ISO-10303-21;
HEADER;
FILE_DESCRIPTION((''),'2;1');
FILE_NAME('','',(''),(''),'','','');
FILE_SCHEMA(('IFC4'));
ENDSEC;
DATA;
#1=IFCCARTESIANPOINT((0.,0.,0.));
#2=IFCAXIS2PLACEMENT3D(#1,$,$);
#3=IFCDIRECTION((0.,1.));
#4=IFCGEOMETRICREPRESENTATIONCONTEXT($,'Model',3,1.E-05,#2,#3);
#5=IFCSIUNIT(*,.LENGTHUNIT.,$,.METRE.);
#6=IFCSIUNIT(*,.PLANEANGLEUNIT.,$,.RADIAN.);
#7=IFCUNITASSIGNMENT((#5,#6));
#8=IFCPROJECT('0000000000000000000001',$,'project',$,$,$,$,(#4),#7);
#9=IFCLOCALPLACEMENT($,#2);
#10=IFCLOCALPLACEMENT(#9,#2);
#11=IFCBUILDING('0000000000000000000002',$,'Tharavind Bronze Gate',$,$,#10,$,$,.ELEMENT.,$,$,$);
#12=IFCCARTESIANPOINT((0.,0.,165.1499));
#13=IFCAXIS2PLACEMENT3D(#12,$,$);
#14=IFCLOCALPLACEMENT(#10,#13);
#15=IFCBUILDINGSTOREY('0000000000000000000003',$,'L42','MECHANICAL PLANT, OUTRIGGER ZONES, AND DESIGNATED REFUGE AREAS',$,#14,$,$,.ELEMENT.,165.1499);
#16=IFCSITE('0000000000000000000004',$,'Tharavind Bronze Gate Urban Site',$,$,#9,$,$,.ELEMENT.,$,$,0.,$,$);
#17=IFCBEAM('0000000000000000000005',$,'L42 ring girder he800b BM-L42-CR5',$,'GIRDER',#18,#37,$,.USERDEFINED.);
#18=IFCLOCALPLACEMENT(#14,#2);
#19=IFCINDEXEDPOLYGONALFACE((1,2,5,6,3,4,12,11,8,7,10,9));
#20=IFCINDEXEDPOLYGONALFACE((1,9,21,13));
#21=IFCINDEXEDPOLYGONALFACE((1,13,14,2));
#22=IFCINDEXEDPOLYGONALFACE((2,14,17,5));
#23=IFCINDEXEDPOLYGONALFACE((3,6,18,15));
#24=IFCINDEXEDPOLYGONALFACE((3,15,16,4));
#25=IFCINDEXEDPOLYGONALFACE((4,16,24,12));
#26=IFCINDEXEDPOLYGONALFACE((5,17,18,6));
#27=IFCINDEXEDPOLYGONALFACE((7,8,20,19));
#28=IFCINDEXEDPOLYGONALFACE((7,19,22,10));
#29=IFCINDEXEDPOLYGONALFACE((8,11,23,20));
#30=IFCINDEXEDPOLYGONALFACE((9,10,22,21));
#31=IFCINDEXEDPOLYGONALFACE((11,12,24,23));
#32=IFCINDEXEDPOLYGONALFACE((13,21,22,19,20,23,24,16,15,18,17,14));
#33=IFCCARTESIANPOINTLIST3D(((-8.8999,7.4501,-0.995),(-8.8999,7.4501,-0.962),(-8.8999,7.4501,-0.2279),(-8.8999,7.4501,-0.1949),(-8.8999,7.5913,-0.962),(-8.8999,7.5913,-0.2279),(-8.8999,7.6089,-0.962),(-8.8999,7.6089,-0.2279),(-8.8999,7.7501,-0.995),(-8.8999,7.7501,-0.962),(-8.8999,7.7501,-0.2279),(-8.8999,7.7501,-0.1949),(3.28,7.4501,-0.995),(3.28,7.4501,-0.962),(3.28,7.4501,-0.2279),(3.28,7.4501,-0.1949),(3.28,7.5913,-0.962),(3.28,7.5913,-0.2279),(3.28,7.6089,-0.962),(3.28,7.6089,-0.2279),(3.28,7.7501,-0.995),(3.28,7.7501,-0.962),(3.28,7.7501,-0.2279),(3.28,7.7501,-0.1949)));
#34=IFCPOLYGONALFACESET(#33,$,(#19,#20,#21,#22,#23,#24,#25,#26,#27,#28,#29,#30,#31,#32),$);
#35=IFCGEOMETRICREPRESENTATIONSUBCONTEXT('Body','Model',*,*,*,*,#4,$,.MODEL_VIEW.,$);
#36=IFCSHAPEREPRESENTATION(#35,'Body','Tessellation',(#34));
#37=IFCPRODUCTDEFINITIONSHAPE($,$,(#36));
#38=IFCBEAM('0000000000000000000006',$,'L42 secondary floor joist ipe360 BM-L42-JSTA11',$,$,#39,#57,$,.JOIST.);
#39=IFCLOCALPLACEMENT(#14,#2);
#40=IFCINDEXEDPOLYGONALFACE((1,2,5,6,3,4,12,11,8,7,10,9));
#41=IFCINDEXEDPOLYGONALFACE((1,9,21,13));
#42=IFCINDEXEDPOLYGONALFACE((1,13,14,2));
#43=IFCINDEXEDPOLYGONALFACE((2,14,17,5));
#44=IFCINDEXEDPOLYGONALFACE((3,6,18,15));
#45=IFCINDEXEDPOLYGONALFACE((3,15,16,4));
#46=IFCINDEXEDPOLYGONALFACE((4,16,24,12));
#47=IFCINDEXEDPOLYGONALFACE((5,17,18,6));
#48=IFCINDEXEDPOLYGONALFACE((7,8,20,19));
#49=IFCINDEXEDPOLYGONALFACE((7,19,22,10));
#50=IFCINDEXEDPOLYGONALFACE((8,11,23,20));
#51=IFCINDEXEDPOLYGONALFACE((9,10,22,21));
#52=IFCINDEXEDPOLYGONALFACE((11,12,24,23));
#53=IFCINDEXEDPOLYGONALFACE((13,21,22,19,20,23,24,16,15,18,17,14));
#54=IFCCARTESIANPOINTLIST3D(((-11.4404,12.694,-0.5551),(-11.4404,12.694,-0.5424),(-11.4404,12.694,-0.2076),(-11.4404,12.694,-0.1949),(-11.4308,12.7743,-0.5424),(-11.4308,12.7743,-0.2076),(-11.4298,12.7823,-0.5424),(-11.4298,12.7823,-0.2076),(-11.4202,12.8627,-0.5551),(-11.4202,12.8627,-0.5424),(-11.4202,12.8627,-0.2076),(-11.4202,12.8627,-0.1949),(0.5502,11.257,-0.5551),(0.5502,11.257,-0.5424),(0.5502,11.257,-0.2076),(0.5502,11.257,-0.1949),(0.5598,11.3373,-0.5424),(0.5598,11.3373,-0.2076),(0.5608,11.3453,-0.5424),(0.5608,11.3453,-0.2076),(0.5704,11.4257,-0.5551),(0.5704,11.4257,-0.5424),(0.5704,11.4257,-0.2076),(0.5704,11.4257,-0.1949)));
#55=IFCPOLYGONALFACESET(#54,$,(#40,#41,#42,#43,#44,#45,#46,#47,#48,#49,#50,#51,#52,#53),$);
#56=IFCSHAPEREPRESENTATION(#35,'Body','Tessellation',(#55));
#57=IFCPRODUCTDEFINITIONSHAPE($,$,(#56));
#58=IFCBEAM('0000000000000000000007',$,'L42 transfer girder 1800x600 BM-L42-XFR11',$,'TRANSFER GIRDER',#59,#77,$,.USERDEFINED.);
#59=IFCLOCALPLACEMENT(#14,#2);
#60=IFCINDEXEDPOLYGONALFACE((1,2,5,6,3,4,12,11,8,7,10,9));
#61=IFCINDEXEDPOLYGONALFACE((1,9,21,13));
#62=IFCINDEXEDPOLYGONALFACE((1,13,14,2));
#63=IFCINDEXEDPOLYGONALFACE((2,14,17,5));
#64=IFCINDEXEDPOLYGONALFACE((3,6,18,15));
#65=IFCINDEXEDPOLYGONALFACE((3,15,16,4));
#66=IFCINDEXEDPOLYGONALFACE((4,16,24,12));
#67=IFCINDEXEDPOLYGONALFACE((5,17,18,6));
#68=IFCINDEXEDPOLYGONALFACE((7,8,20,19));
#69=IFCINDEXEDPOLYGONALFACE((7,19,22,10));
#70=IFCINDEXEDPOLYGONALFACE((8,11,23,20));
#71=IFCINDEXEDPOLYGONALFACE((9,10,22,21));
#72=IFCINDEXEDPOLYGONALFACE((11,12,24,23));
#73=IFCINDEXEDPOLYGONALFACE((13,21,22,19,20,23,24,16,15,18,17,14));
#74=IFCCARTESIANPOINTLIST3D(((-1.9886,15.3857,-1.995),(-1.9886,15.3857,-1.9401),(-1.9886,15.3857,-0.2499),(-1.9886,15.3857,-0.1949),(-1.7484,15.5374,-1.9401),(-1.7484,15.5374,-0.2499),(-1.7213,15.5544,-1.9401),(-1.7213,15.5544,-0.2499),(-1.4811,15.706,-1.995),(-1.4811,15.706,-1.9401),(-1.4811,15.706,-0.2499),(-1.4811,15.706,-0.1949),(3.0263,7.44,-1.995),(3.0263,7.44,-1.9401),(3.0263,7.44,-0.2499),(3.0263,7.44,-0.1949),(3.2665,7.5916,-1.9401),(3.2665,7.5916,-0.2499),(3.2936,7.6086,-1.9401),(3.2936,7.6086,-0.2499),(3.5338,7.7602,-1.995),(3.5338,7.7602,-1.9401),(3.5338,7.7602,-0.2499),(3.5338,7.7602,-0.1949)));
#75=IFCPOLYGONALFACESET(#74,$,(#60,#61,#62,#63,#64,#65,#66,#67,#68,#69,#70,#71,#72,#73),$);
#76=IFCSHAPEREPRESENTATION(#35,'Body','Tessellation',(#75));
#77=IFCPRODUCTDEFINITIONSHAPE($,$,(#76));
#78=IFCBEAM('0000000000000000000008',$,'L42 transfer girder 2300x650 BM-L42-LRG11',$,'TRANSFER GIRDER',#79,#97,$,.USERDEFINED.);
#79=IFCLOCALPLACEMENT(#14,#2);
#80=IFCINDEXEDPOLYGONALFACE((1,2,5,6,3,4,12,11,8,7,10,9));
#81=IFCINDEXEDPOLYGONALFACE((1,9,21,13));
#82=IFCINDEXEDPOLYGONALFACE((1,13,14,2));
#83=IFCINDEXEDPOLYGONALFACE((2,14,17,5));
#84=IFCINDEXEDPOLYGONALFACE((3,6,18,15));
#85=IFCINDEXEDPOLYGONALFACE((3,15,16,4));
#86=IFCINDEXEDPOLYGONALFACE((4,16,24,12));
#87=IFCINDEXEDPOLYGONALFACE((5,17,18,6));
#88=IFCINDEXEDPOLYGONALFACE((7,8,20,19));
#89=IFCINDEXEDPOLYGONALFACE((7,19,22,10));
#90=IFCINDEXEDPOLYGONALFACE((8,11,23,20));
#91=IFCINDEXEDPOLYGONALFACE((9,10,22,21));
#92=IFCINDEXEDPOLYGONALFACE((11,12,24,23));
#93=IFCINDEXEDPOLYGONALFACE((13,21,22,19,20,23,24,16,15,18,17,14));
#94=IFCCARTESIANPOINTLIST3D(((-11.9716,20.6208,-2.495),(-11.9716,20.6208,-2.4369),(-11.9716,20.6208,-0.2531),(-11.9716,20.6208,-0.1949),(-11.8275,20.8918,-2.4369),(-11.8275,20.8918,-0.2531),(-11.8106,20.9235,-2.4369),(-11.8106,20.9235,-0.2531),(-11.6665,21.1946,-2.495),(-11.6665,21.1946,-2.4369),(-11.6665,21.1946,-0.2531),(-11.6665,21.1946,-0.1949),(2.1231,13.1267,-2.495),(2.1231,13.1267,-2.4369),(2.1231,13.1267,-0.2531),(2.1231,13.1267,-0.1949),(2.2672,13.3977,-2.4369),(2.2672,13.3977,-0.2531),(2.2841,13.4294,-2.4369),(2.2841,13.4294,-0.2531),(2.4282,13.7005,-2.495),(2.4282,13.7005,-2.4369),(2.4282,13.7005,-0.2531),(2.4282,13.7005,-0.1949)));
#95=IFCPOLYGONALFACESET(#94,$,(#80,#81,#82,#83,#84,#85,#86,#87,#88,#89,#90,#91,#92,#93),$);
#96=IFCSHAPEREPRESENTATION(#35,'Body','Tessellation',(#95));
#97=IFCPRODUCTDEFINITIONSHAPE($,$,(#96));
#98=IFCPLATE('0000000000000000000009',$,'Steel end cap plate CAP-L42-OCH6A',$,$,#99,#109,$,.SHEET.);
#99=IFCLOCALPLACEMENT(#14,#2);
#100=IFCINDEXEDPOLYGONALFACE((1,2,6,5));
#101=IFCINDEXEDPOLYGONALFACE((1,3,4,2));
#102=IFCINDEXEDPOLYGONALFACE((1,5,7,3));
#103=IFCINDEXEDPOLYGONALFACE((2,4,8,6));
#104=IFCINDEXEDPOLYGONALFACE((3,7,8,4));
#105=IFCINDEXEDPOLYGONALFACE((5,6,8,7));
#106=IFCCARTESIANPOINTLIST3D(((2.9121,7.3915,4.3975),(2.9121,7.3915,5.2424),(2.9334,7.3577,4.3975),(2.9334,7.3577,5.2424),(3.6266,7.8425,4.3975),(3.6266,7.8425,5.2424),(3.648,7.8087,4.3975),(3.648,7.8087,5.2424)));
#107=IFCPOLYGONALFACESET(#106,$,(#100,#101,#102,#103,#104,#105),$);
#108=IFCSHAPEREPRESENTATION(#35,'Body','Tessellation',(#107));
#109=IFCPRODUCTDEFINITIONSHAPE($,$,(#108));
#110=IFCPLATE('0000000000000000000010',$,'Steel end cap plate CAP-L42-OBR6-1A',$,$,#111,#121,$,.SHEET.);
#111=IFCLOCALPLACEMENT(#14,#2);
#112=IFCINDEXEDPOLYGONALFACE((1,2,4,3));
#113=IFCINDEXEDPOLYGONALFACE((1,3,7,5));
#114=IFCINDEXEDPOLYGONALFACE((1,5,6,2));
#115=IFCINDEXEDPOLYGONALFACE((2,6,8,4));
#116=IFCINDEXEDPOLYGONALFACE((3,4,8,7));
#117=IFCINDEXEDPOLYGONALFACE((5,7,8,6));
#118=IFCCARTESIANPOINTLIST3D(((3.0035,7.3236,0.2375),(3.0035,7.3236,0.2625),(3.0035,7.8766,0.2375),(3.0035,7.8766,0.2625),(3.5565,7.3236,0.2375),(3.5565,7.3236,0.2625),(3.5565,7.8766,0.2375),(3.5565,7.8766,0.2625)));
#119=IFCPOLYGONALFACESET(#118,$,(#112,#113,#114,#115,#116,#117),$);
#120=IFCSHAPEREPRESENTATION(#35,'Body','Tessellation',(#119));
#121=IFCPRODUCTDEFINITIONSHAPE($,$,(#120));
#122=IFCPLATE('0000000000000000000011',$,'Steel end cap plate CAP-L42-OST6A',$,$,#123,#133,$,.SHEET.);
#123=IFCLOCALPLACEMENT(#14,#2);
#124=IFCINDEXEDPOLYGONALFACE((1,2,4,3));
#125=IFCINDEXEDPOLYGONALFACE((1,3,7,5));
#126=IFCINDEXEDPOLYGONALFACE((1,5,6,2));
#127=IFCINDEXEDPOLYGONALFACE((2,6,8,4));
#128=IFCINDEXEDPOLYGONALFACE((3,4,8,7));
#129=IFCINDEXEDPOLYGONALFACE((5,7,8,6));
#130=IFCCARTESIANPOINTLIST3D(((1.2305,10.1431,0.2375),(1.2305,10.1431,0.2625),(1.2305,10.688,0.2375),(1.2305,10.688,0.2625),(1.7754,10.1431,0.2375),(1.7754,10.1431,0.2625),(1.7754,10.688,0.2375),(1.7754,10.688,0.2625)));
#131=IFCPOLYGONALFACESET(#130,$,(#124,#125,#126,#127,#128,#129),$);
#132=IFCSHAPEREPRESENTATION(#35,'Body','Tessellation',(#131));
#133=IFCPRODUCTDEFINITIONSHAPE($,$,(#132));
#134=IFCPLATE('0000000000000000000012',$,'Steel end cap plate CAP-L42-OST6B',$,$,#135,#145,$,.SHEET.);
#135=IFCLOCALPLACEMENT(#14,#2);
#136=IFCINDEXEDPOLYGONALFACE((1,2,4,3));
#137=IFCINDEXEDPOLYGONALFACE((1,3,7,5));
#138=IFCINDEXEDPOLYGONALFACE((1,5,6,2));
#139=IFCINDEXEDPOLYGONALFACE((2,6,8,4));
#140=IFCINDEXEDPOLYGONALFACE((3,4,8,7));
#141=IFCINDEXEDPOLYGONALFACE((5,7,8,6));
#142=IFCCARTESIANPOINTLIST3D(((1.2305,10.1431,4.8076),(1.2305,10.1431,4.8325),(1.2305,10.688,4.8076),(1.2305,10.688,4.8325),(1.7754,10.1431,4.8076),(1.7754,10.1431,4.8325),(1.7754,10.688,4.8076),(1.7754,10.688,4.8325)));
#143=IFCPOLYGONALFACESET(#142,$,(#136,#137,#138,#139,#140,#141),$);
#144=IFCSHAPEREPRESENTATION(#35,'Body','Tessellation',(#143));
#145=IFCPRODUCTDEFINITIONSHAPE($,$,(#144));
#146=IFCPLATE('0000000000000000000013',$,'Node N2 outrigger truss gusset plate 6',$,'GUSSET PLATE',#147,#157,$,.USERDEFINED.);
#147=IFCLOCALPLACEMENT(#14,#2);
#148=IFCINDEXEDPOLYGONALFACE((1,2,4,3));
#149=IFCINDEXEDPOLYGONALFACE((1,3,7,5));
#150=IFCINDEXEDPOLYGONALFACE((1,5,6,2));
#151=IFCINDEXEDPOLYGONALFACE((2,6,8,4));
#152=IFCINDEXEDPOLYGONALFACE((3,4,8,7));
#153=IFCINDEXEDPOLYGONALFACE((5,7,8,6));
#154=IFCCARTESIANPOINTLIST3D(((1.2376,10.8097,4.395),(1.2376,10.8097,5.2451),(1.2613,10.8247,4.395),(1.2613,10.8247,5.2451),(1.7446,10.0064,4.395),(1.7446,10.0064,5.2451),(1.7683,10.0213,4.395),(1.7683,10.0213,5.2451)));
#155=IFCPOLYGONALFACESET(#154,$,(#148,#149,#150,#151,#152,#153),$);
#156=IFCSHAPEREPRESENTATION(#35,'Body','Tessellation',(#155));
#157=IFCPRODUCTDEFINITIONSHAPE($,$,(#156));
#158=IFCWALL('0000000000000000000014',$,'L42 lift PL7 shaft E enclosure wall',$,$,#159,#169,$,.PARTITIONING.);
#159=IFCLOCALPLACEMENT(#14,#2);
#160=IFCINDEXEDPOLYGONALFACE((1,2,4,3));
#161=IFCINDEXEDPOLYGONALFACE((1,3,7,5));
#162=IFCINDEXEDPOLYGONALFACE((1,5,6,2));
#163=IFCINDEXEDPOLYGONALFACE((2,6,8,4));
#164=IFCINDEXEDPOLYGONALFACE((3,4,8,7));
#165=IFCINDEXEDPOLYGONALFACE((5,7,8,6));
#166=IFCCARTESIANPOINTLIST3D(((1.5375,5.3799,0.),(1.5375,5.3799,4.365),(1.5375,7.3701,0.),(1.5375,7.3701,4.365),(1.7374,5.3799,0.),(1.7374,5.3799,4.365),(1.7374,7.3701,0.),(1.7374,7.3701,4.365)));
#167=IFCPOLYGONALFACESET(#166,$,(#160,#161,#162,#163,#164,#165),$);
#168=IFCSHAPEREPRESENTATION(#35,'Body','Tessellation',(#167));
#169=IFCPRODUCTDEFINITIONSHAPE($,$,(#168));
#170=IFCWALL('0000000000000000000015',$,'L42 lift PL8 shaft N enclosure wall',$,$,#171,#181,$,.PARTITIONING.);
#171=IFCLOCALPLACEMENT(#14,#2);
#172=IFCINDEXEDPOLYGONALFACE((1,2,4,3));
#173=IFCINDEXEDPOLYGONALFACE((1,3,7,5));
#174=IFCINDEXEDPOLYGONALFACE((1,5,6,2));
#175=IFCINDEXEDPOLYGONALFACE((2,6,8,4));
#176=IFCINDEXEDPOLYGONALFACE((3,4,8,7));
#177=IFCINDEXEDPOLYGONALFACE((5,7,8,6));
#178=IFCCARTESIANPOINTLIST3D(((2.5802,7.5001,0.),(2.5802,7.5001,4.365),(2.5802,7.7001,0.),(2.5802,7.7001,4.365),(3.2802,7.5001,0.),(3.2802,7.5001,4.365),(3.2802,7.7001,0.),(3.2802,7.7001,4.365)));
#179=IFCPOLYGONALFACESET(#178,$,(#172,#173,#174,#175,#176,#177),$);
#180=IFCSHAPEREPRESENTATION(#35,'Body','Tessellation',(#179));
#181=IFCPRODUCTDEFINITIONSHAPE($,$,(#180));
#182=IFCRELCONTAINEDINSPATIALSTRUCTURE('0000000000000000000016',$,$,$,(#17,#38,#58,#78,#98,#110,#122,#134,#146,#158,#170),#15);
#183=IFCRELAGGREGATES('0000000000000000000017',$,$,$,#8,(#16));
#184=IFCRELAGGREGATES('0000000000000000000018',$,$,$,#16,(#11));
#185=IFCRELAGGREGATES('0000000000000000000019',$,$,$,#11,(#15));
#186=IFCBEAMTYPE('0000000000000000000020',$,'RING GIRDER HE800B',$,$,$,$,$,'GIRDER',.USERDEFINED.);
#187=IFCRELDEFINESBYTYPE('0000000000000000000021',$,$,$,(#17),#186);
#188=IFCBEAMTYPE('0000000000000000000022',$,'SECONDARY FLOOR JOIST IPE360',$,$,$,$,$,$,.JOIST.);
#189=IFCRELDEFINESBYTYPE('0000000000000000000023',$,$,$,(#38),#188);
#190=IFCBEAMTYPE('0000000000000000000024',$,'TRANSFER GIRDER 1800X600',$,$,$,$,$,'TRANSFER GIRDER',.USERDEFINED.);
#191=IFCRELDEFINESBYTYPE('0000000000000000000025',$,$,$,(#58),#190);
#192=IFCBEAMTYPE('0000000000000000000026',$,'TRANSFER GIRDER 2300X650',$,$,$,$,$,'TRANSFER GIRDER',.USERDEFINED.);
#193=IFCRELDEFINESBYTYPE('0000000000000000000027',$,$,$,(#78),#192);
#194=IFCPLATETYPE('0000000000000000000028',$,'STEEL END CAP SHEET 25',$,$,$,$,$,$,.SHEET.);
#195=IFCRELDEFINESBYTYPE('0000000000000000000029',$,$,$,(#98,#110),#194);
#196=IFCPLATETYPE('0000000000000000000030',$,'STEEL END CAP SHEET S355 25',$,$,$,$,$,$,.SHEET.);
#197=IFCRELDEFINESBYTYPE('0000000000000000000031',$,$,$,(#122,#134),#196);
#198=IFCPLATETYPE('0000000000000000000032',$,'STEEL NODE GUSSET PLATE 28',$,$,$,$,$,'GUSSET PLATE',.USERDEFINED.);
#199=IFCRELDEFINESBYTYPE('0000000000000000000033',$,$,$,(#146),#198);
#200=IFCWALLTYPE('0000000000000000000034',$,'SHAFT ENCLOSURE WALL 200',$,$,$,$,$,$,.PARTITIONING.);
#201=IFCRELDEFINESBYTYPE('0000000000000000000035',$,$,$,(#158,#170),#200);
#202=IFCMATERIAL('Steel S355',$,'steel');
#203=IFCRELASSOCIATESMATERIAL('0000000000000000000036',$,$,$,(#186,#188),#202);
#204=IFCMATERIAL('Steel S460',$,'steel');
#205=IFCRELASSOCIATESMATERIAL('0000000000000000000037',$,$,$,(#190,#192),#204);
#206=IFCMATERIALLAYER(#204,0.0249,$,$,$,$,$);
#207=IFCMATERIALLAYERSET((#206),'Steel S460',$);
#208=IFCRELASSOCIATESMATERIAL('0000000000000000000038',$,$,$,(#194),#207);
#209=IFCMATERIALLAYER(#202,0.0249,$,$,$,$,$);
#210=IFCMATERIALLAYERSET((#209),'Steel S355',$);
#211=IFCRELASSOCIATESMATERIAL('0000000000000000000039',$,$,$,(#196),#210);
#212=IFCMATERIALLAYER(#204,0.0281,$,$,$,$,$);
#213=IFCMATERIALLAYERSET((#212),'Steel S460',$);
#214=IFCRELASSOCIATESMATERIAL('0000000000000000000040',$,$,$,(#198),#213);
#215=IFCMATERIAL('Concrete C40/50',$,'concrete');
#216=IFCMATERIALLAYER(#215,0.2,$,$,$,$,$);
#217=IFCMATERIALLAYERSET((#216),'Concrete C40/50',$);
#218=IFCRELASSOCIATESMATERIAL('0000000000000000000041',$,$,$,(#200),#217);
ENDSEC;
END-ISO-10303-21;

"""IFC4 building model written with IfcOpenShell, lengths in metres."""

from ifc_helpers import new_model, si_unit, direction, frame, frame_2d, origin, origin_2d, place, context, subcontext, project, spatial, rectangle, i_section, extrude, material, layer, layer_set, material_profile, profile_set, type_object, element, save


model = new_model("IFC4")

# Units and contexts
model_context = context("Model", 3, precision=1e-05, world=origin(), true_north=direction((0.0, 1.0)))
body_context = subcontext(model_context, "Body", "Model", "MODEL_VIEW")
ifc_project = project(units=[si_unit("LENGTHUNIT", "METRE"), si_unit("PLANEANGLEUNIT", "RADIAN")], contexts=[model_context])

# Site, building, storey
site_placement = place(None, origin())
site = spatial("IfcSite", under=ifc_project, at=site_placement, Name="Tharavind Bronze Gate Urban Site", CompositionType="ELEMENT", RefElevation=0.0)
building_placement = place(site_placement, origin())
building = spatial("IfcBuilding", under=site, at=building_placement, Name="Tharavind Bronze Gate", CompositionType="ELEMENT")
storey_placement = place(building_placement, frame((0.0, 0.0, 165.1499)))
storey = spatial("IfcBuildingStorey", under=building, at=storey_placement, Name="L42", Description="MECHANICAL PLANT, OUTRIGGER ZONES, AND DESIGNATED REFUGE AREAS", CompositionType="ELEMENT", Elevation=165.1499)

# Shared definitions
ifc_material_1 = material(Name="Steel S460", Category="steel")

# Beams
ifc_material_2 = material(Name="Steel S355", Category="steel")
ifc_material_profile_1 = material_profile(ifc_material_2, i_section(OverallWidth=0.3, OverallDepth=0.8, WebThickness=0.0176, FlangeThickness=0.033, at=origin_2d()), Name="HE800B")
ifc_profile_set_1 = profile_set([ifc_material_profile_1], Name="Steel S355")
beam_type_1 = type_object("IfcBeamType", Name="RING GIRDER HE800B", ElementType="GIRDER", PredefinedType="USERDEFINED", material=ifc_profile_set_1)
beam_1_placement = place(storey_placement, frame((3.28, 7.6001, -0.595), z_axis=(-1.0, 0.0, 0.0), x_axis=(0.0, -1.0, 0.0)))
element("IfcBeam", 1, at=beam_1_placement, inside=storey, type_object=beam_type_1, Name="L42 ring girder he800b BM-L42-CR5", ObjectType="GIRDER", PredefinedType="USERDEFINED", context=body_context, shape_type="SweptSolid", body=[
    extrude(i_section(OverallWidth=0.3, OverallDepth=0.8, WebThickness=0.0176, FlangeThickness=0.033, at=origin_2d()), origin(), (0.0, 0.0, 1.0), 12.1799),
])
ifc_material_profile_2 = material_profile(ifc_material_2, i_section(OverallWidth=0.1699, OverallDepth=0.3601, WebThickness=0.0081, FlangeThickness=0.0127, at=origin_2d()), Name="IPE360")
ifc_profile_set_2 = profile_set([ifc_material_profile_2], Name="Steel S355")
beam_type_2 = type_object("IfcBeamType", Name="SECONDARY FLOOR JOIST IPE360", PredefinedType="JOIST", material=ifc_profile_set_2)
beam_2_placement = place(storey_placement, frame((0.5603, 11.3413, -0.375), z_axis=(-0.992895, 0.118992, 0.0), x_axis=(-0.118992, -0.992895, 0.0)))
element("IfcBeam", 2, at=beam_2_placement, inside=storey, type_object=beam_type_2, Name="L42 secondary floor joist ipe360 BM-L42-JSTA11", PredefinedType="JOIST", context=body_context, shape_type="SweptSolid", body=[
    extrude(i_section(OverallWidth=0.1699, OverallDepth=0.3601, WebThickness=0.0081, FlangeThickness=0.0127, at=origin_2d()), origin(), (0.0, 0.0, 1.0), 12.0764),
])
ifc_material_profile_3 = material_profile(ifc_material_1, i_section(OverallWidth=0.6001, OverallDepth=1.8, WebThickness=0.032, FlangeThickness=0.0549, at=origin_2d()), Name="PG1800X600")
ifc_profile_set_3 = profile_set([ifc_material_profile_3], Name="Steel S460")
beam_type_3 = type_object("IfcBeamType", Name="TRANSFER GIRDER 1800X600", ElementType="TRANSFER GIRDER", PredefinedType="USERDEFINED", material=ifc_profile_set_3)
beam_3_placement = place(storey_placement, frame((3.28, 7.6001, -1.095), z_axis=(-0.533726, 0.845657, 0.0), x_axis=(-0.845657, -0.533726, 0.0)))
element("IfcBeam", 3, at=beam_3_placement, inside=storey, type_object=beam_type_3, Name="L42 transfer girder 1800x600 BM-L42-XFR11", ObjectType="TRANSFER GIRDER", PredefinedType="USERDEFINED", context=body_context, shape_type="SweptSolid", body=[
    extrude(i_section(OverallWidth=0.6001, OverallDepth=1.8, WebThickness=0.032, FlangeThickness=0.0549, at=origin_2d()), origin(), (0.0, 0.0, 1.0), 9.396),
])
ifc_material_profile_4 = material_profile(ifc_material_1, i_section(OverallWidth=0.6499, OverallDepth=2.3, WebThickness=0.0359, FlangeThickness=0.0581, at=origin_2d()), Name="PG2300X650")
ifc_profile_set_4 = profile_set([ifc_material_profile_4], Name="Steel S460")
beam_type_4 = type_object("IfcBeamType", Name="TRANSFER GIRDER 2300X650", ElementType="TRANSFER GIRDER", PredefinedType="USERDEFINED", material=ifc_profile_set_4)
beam_4_placement = place(storey_placement, frame((2.2756, 13.4136, -1.345), z_axis=(-0.882952, 0.469464, 0.0), x_axis=(-0.469464, -0.882952, 0.0)))
element("IfcBeam", 4, at=beam_4_placement, inside=storey, type_object=beam_type_4, Name="L42 transfer girder 2300x650 BM-L42-LRG11", ObjectType="TRANSFER GIRDER", PredefinedType="USERDEFINED", context=body_context, shape_type="SweptSolid", body=[
    extrude(i_section(OverallWidth=0.6499, OverallDepth=2.3, WebThickness=0.0359, FlangeThickness=0.0581, at=origin_2d()), origin(), (0.0, 0.0, 1.0), 15.9631),
])

# Plates
ifc_layer_1 = layer(ifc_material_1, 0.0249)
ifc_layer_set_1 = layer_set([ifc_layer_1], Name="Steel S460")
plate_type_1 = type_object("IfcPlateType", Name="STEEL END CAP SHEET 25", PredefinedType="SHEET", material=ifc_layer_set_1)
plate_1_placement = place(storey_placement, frame((3.28, 7.6001, 4.3975), z_axis=(0.0, 0.0, 1.0), x_axis=(-0.533715, 0.845664, 0.0)))
element("IfcPlate", 5, at=plate_1_placement, inside=storey, type_object=plate_type_1, Name="Steel end cap plate CAP-L42-OCH6A", PredefinedType="SHEET", context=body_context, shape_type="SweptSolid", body=[
    extrude(rectangle(XDim=0.04, YDim=0.845, at=origin_2d()), origin(), (0.0, 0.0, 1.0), 0.845),
])
plate_2_placement = place(storey_placement, frame((3.28, 7.6001, 0.2375), z_axis=(0.0, 0.0, 1.0), x_axis=(1.0, 0.0, 0.0)))
element("IfcPlate", 6, at=plate_2_placement, inside=storey, type_object=plate_type_1, Name="Steel end cap plate CAP-L42-OBR6-1A", PredefinedType="SHEET", context=body_context, shape_type="SweptSolid", body=[
    extrude(rectangle(XDim=0.553, YDim=0.553, at=origin_2d()), origin(), (0.0, 0.0, 1.0), 0.0249),
])
ifc_layer_2 = layer(ifc_material_2, 0.0249)
ifc_layer_set_2 = layer_set([ifc_layer_2], Name="Steel S355")
plate_type_2 = type_object("IfcPlateType", Name="STEEL END CAP SHEET S355 25", PredefinedType="SHEET", material=ifc_layer_set_2)
for number, where, z_axis, x_axis, name in (
    (7, (1.5029, 10.4155, 0.2375), (0.0, 0.0, 1.0), (1.0, 0.0, 0.0), "Steel end cap plate CAP-L42-OST6A"),
    (8, (1.5029, 10.4155, 4.8076), (0.0, 0.0, 1.0), (1.0, 0.0, 0.0), "Steel end cap plate CAP-L42-OST6B"),
):
    element("IfcPlate", number, at=place(storey_placement, frame(where, z_axis=z_axis, x_axis=x_axis)), inside=storey, type_object=plate_type_2, Name=name, PredefinedType="SHEET", context=body_context, shape_type="SweptSolid", body=[
        extrude(rectangle(XDim=0.5449, YDim=0.5449, at=origin_2d()), origin(), (0.0, 0.0, 1.0), 0.0249),
    ])
ifc_layer_3 = layer(ifc_material_1, 0.0281)
ifc_layer_set_3 = layer_set([ifc_layer_3], Name="Steel S460")
plate_type_3 = type_object("IfcPlateType", Name="STEEL NODE GUSSET PLATE 28", ElementType="GUSSET PLATE", PredefinedType="USERDEFINED", material=ifc_layer_set_3)
plate_3_placement = place(storey_placement, frame((1.5029, 10.4155, 4.395), z_axis=(0.0, 0.0, 1.0), x_axis=(-0.533715, 0.845664, 0.0)))
element("IfcPlate", 9, at=plate_3_placement, inside=storey, type_object=plate_type_3, Name="Node N2 outrigger truss gusset plate 6", ObjectType="GUSSET PLATE", PredefinedType="USERDEFINED", context=body_context, shape_type="SweptSolid", body=[
    extrude(rectangle(XDim=0.95, YDim=0.0281, at=origin_2d()), origin(), (0.0, 0.0, 1.0), 0.8501),
])

# Walls
ifc_material_3 = material(Name="Concrete C40/50", Category="concrete")
ifc_layer_4 = layer(ifc_material_3, 0.2)
ifc_layer_set_4 = layer_set([ifc_layer_4], Name="Concrete C40/50")
wall_type = type_object("IfcWallType", Name="SHAFT ENCLOSURE WALL 200", PredefinedType="PARTITIONING", material=ifc_layer_set_4)
wall_1_placement = place(storey_placement, frame((1.6375, 5.3799, 0.0), z_axis=(0.0, 0.0, 1.0), x_axis=(0.0, 1.0, 0.0)))
element("IfcWall", 10, at=wall_1_placement, inside=storey, type_object=wall_type, Name="L42 lift PL7 shaft E enclosure wall", PredefinedType="PARTITIONING", context=body_context, shape_type="SweptSolid", body=[
    extrude(rectangle(XDim=1.9902, YDim=0.2, at=frame_2d((0.9951, 0.0))), origin(), (0.0, 0.0, 1.0), 4.365),
])
wall_2_placement = place(storey_placement, frame((2.5801, 7.6001, 0.0), z_axis=(0.0, 0.0, 1.0), x_axis=(1.0, 0.0, 0.0)))
element("IfcWall", 11, at=wall_2_placement, inside=storey, type_object=wall_type, Name="L42 lift PL8 shaft N enclosure wall", PredefinedType="PARTITIONING", context=body_context, shape_type="SweptSolid", body=[
    extrude(rectangle(XDim=0.7, YDim=0.2, at=frame_2d((0.3501, 0.0))), origin(), (0.0, 0.0, 1.0), 4.365),
])

save(model, "model.ifc")
